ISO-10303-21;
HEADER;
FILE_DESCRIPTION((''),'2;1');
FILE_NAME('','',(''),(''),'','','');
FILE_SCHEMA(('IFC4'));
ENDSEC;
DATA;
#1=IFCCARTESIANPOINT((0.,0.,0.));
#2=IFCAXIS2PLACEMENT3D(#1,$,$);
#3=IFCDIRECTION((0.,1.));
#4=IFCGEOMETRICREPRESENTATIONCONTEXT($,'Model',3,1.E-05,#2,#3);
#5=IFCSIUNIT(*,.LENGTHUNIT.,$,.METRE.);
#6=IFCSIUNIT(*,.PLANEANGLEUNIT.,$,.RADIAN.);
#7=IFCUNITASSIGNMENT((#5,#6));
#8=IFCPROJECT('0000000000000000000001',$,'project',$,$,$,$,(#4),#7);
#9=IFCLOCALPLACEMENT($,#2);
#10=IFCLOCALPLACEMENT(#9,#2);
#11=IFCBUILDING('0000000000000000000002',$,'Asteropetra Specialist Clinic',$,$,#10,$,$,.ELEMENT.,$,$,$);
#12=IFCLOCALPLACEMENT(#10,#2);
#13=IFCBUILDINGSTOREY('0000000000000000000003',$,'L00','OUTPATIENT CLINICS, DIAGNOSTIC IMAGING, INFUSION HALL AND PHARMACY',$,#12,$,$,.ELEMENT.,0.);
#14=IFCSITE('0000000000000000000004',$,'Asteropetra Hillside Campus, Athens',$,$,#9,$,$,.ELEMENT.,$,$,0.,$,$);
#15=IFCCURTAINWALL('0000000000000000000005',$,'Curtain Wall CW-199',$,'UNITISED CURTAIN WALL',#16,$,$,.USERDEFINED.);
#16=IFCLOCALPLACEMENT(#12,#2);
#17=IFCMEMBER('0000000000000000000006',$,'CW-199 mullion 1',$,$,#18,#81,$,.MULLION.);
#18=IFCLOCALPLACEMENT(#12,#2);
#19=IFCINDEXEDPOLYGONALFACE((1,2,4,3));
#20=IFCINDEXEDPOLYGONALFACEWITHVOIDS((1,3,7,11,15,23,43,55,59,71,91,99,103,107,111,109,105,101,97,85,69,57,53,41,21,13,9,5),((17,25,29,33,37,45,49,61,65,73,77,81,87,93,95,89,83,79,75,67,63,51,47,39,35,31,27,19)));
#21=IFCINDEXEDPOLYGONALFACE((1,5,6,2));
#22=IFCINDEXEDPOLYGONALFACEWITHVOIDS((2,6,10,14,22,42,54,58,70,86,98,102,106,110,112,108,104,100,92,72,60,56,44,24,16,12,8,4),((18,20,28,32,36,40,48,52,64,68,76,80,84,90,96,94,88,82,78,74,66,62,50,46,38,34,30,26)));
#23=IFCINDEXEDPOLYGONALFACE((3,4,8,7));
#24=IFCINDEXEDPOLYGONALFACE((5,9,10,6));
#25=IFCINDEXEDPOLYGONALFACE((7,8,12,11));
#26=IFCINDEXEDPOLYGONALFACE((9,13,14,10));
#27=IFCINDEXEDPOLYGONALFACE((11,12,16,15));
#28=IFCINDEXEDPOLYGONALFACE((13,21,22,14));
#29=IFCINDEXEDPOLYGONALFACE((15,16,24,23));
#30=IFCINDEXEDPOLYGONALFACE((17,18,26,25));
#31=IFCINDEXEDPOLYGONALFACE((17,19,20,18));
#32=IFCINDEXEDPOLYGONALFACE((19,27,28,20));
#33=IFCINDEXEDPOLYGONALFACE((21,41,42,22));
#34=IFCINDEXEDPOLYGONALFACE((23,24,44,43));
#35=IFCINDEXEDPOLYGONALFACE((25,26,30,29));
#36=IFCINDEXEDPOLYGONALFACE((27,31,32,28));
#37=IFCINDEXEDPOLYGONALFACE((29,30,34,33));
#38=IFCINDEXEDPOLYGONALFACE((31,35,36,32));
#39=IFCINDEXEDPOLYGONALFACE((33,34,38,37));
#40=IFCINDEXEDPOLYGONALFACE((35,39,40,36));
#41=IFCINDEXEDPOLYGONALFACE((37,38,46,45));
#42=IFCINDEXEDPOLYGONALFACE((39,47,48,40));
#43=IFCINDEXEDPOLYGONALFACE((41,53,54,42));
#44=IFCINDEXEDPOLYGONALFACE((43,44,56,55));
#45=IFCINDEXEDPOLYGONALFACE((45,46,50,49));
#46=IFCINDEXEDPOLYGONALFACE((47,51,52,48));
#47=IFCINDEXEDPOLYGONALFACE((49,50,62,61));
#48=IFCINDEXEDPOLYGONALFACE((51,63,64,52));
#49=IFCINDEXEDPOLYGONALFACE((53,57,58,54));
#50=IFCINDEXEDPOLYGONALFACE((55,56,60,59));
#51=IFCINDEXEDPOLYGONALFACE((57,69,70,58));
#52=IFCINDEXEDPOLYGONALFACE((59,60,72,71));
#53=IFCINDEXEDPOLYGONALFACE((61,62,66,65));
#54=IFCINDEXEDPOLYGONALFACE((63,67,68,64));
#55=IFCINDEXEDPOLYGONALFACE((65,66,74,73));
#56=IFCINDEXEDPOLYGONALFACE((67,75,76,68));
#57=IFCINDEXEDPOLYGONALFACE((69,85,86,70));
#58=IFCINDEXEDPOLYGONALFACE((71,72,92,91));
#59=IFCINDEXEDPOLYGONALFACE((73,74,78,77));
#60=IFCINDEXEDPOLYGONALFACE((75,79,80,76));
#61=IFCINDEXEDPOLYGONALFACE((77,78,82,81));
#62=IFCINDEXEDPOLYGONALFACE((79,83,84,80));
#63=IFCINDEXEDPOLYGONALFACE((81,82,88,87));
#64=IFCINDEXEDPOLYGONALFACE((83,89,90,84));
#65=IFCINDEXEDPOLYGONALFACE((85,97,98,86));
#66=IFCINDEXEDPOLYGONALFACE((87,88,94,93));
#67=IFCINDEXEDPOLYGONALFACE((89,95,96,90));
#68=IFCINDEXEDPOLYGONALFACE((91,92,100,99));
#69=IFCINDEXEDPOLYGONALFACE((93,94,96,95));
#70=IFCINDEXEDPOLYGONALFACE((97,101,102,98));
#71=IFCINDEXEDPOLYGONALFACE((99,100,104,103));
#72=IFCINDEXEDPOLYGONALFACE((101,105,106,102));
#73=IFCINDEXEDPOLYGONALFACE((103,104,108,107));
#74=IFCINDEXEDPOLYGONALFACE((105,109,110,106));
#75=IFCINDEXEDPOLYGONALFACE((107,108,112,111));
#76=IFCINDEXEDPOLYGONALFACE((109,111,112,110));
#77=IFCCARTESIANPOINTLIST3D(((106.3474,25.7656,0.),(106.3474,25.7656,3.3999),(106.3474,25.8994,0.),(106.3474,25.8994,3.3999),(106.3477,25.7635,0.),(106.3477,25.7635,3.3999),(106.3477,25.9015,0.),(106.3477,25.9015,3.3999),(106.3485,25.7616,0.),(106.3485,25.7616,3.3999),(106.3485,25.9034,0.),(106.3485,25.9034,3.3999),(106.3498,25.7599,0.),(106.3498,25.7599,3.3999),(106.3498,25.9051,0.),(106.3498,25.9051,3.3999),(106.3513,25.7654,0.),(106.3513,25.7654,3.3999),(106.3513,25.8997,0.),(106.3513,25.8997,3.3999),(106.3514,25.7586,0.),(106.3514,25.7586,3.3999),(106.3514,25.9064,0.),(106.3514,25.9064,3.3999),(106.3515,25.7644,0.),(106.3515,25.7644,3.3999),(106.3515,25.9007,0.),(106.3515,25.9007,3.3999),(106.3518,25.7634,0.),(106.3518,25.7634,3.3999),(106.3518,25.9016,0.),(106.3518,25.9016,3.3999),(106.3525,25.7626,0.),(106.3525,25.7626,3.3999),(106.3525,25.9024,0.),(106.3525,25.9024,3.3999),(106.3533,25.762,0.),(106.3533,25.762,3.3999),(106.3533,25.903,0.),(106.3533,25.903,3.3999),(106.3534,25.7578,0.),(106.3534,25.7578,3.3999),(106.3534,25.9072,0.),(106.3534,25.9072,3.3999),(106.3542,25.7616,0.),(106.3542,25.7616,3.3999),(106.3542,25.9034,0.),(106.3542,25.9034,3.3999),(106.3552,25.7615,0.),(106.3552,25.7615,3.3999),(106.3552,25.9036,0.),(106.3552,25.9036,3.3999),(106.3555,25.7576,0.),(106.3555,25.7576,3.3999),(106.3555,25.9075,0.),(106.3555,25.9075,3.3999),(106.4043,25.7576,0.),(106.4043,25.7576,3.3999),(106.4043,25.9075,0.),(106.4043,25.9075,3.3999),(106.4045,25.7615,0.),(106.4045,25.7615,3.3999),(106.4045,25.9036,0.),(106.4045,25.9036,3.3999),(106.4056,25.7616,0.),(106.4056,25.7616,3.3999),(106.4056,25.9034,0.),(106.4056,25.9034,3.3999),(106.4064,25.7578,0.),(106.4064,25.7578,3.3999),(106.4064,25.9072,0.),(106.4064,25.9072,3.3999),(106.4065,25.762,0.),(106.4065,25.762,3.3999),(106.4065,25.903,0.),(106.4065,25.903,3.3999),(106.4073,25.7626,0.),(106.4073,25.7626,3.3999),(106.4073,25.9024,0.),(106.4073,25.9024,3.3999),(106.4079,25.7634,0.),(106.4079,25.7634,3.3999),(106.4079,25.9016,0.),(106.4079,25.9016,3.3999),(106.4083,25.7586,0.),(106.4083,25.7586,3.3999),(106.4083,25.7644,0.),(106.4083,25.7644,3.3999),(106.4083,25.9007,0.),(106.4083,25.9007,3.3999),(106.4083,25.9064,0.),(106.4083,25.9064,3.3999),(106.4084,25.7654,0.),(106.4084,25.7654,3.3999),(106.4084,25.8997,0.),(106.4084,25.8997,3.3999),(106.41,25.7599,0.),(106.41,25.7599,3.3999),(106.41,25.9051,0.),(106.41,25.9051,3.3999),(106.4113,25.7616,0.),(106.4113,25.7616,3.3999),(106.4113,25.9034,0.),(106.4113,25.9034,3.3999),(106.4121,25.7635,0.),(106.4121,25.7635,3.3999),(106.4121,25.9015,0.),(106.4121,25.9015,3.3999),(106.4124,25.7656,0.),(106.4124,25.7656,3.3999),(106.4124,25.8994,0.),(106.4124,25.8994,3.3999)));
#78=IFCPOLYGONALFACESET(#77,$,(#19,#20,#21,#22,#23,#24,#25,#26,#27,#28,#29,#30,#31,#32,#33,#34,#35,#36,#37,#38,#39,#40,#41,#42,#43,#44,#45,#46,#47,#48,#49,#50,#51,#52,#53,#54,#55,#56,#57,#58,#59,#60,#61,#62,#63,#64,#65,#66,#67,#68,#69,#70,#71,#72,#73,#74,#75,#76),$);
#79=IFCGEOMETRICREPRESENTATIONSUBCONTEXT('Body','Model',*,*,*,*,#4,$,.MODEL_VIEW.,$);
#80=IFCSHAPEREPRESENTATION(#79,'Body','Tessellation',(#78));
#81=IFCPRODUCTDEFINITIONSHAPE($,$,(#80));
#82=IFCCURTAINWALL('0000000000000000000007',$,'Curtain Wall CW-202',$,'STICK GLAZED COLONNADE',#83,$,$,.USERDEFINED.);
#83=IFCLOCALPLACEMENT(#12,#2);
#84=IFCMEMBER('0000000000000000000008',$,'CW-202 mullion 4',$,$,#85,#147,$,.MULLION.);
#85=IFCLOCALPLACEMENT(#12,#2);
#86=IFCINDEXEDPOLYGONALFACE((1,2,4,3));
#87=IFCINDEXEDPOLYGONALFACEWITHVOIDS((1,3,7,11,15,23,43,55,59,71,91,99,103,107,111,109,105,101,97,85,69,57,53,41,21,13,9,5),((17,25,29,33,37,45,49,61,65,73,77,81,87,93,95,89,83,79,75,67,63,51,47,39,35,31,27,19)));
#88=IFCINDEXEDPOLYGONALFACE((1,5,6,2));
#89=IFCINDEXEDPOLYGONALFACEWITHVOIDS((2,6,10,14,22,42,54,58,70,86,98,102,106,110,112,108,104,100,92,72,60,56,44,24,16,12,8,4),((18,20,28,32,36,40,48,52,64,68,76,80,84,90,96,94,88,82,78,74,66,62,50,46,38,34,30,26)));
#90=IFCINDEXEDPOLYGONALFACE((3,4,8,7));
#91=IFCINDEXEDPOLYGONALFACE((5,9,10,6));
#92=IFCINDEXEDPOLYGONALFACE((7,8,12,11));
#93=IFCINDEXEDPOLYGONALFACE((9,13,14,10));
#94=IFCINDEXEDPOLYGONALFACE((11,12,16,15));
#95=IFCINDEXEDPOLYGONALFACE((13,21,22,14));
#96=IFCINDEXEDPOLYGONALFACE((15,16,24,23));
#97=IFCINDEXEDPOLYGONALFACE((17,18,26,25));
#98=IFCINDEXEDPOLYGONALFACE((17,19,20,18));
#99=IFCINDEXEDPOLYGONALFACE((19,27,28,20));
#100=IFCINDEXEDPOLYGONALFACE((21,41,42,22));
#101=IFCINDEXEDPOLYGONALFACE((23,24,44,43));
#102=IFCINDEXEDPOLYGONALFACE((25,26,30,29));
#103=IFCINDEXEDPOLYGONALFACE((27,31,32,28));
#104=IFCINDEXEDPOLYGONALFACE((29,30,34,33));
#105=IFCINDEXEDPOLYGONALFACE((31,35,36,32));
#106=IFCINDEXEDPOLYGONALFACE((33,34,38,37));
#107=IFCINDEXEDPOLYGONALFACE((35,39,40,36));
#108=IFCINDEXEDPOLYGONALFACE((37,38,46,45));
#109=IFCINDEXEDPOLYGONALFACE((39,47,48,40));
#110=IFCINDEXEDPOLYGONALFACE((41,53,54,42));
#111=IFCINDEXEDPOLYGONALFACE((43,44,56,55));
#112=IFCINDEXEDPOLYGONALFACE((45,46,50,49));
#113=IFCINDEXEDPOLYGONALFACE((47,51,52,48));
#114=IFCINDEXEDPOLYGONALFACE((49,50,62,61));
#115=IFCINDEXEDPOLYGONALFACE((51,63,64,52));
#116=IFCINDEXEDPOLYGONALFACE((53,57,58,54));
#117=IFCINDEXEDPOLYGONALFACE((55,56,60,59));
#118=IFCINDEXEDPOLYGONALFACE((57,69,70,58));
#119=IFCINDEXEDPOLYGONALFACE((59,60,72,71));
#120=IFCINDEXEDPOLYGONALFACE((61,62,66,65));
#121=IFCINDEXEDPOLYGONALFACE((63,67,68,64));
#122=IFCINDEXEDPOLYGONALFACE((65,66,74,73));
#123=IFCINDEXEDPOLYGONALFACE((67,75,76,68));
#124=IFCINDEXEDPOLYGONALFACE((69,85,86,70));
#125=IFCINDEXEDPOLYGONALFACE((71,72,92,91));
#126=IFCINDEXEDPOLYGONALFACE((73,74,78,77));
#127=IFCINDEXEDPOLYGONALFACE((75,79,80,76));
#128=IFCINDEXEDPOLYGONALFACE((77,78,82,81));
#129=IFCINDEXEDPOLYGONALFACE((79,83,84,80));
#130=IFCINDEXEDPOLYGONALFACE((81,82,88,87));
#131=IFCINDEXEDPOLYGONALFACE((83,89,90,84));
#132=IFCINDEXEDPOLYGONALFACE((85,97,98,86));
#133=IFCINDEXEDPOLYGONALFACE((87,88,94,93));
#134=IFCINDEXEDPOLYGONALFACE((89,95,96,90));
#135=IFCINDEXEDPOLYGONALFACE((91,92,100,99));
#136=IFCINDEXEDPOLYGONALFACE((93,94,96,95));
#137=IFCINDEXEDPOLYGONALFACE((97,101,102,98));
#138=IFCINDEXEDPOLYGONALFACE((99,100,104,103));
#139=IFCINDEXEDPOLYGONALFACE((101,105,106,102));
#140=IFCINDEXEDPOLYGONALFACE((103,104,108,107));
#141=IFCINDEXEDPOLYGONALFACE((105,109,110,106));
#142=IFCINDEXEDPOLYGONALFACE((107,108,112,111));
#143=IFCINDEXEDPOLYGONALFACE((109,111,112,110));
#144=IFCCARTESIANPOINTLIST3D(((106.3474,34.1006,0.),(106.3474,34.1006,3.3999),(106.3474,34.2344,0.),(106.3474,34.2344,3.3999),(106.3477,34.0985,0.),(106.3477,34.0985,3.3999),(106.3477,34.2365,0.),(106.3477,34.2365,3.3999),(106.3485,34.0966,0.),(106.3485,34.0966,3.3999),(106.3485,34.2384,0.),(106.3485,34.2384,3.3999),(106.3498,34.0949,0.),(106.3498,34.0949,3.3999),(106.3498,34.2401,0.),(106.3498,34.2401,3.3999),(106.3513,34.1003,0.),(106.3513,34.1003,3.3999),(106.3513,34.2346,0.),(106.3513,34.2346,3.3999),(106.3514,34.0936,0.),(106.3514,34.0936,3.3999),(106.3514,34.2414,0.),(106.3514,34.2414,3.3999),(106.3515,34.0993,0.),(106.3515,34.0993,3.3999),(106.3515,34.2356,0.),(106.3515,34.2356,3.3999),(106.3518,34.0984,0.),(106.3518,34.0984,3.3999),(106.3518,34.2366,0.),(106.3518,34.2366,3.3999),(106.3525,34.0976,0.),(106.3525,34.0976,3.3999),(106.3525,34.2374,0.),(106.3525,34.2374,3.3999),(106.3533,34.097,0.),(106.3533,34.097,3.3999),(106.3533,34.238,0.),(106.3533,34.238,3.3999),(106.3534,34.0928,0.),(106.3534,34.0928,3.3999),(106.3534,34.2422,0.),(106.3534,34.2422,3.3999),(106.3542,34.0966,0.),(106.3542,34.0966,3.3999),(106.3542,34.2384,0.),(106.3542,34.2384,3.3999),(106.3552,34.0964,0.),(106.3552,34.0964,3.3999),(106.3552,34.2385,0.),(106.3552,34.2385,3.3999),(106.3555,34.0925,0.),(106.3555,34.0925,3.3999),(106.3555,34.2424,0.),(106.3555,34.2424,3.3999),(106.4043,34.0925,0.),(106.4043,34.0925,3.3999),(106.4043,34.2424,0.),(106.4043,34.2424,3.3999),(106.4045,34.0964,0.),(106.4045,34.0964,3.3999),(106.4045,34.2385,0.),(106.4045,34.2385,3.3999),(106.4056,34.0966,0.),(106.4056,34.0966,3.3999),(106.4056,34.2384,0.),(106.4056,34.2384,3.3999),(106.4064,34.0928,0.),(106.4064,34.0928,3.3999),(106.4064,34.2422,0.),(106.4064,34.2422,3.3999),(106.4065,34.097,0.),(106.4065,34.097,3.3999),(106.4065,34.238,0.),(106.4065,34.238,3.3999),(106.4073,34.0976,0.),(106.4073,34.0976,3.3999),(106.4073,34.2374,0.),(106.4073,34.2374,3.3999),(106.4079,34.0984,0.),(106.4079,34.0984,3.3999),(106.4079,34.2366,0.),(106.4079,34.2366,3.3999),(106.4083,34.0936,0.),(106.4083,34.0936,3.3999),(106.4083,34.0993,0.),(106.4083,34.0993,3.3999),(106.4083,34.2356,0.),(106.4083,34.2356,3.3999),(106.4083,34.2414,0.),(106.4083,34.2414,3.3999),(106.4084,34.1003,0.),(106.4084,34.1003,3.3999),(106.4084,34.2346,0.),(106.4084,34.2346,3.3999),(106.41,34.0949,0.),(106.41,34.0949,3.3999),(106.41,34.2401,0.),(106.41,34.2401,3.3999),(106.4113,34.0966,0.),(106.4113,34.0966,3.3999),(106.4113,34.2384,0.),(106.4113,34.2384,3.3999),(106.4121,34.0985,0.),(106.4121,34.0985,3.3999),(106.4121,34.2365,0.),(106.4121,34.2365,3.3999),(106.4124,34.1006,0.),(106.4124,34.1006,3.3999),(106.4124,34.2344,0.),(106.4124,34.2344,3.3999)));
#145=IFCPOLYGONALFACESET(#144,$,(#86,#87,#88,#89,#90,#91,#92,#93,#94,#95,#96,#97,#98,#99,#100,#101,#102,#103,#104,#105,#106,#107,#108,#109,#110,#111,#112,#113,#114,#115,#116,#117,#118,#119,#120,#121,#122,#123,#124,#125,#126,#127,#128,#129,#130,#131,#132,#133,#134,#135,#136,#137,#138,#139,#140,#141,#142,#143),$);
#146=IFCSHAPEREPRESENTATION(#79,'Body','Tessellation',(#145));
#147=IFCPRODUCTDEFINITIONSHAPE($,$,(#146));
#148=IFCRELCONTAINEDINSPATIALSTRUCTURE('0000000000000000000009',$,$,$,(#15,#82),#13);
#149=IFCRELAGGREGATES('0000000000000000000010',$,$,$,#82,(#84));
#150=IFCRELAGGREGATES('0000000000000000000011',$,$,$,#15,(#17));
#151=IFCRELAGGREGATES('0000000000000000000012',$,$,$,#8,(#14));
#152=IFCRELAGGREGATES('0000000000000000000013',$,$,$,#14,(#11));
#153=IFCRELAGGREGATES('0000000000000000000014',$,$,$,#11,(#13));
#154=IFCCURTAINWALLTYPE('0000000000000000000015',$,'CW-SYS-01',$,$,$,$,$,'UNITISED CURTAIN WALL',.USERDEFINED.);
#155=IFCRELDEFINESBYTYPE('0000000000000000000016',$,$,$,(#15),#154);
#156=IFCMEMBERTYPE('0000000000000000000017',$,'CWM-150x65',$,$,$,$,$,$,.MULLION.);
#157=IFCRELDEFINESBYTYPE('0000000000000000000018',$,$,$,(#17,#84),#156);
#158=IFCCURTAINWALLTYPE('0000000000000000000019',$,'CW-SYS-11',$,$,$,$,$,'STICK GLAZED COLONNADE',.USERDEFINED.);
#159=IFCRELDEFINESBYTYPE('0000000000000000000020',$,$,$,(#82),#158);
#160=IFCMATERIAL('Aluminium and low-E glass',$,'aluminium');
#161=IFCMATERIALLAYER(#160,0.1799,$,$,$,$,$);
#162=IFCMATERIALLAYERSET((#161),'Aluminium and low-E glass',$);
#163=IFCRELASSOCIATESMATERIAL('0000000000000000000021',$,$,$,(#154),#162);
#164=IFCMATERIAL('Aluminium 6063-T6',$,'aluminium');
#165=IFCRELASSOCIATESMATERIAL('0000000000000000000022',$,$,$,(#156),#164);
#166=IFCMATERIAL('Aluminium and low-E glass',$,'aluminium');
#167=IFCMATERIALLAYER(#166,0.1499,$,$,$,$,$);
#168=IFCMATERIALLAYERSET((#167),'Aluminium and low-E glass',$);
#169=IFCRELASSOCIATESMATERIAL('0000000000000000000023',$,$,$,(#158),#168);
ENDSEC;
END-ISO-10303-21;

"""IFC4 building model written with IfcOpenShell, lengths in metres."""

from ifc_helpers import new_model, si_unit, direction, frame, origin, origin_2d, place, context, subcontext, project, spatial, hollow_rectangle, extrude, material, layer, layer_set, material_profile, profile_set, type_object, element, aggregate, save


model = new_model("IFC4")

# Units and contexts
model_context = context("Model", 3, precision=1e-05, world=origin(), true_north=direction((0.0, 1.0)))
body_context = subcontext(model_context, "Body", "Model", "MODEL_VIEW")
ifc_project = project(units=[si_unit("LENGTHUNIT", "METRE"), si_unit("PLANEANGLEUNIT", "RADIAN")], contexts=[model_context])

# Site, building, storey
site_placement = place(None, origin())
site = spatial("IfcSite", under=ifc_project, at=site_placement, Name="Asteropetra Hillside Campus, Athens", CompositionType="ELEMENT", RefElevation=0.0)
building_placement = place(site_placement, origin())
building = spatial("IfcBuilding", under=site, at=building_placement, Name="Asteropetra Specialist Clinic", CompositionType="ELEMENT")
storey_placement = place(building_placement, origin())
storey = spatial("IfcBuildingStorey", under=building, at=storey_placement, Name="L00", Description="OUTPATIENT CLINICS, DIAGNOSTIC IMAGING, INFUSION HALL AND PHARMACY", CompositionType="ELEMENT", Elevation=0.0)

# Curtain walls, members
ifc_material_1 = material(Name="Aluminium and low-E glass", Category="aluminium")
ifc_layer_1 = layer(ifc_material_1, 0.1799)
ifc_layer_set_1 = layer_set([ifc_layer_1], Name="Aluminium and low-E glass")
curtain_wall_type_1 = type_object("IfcCurtainWallType", Name="CW-SYS-01", ElementType="UNITISED CURTAIN WALL", PredefinedType="USERDEFINED", material=ifc_layer_set_1)
curtain_wall_1_placement = place(storey_placement, origin())
curtain_wall_1 = element("IfcCurtainWall", 1, at=curtain_wall_1_placement, inside=storey, type_object=curtain_wall_type_1, Name="Curtain Wall CW-199", ObjectType="UNITISED CURTAIN WALL", PredefinedType="USERDEFINED")
ifc_material_2 = material(Name="Aluminium 6063-T6", Category="aluminium")
ifc_material_profile_1 = material_profile(ifc_material_2, hollow_rectangle(XDim=0.0649, YDim=0.1499, WallThickness=0.0039, InnerFilletRadius=0.0039, OuterFilletRadius=0.0081, at=origin_2d()), Name="MUL 150x65x4.0")
ifc_profile_set_1 = profile_set([ifc_material_profile_1], Name="Aluminium 6063-T6")
member_type_1 = type_object("IfcMemberType", Name="CWM-150x65", PredefinedType="MULLION", material=ifc_profile_set_1)
member_1_placement = place(storey_placement, frame((106.3799, 25.8325, 0.0), z_axis=(0.0, 0.0, 1.0), x_axis=(1.0, 0.0, 0.0)))
member_1 = element("IfcMember", 2, at=member_1_placement, type_object=member_type_1, Name="CW-199 mullion 1", PredefinedType="MULLION", context=body_context, shape_type="SweptSolid", body=[
    extrude(hollow_rectangle(XDim=0.0649, YDim=0.1499, WallThickness=0.0039, InnerFilletRadius=0.0039, OuterFilletRadius=0.0081, at=origin_2d()), origin(), (0.0, 0.0, 1.0), 3.3999),
])
ifc_material_3 = material(Name="Aluminium and low-E glass", Category="aluminium")
ifc_layer_2 = layer(ifc_material_3, 0.1499)
ifc_layer_set_2 = layer_set([ifc_layer_2], Name="Aluminium and low-E glass")
curtain_wall_type_2 = type_object("IfcCurtainWallType", Name="CW-SYS-11", ElementType="STICK GLAZED COLONNADE", PredefinedType="USERDEFINED", material=ifc_layer_set_2)
curtain_wall_2_placement = place(storey_placement, origin())
curtain_wall_2 = element("IfcCurtainWall", 3, at=curtain_wall_2_placement, inside=storey, type_object=curtain_wall_type_2, Name="Curtain Wall CW-202", ObjectType="STICK GLAZED COLONNADE", PredefinedType="USERDEFINED")
member_2_placement = place(storey_placement, frame((106.3799, 34.1675, 0.0), z_axis=(0.0, 0.0, 1.0), x_axis=(1.0, 0.0, 0.0)))
member_2 = element("IfcMember", 4, at=member_2_placement, type_object=member_type_1, Name="CW-202 mullion 4", PredefinedType="MULLION", context=body_context, shape_type="SweptSolid", body=[
    extrude(hollow_rectangle(XDim=0.0649, YDim=0.1499, WallThickness=0.0039, InnerFilletRadius=0.0039, OuterFilletRadius=0.0081, at=origin_2d()), origin(), (0.0, 0.0, 1.0), 3.3999),
])
aggregate(curtain_wall_2, [member_2])

aggregate(curtain_wall_1, [member_1])

save(model, "model.ifc")
